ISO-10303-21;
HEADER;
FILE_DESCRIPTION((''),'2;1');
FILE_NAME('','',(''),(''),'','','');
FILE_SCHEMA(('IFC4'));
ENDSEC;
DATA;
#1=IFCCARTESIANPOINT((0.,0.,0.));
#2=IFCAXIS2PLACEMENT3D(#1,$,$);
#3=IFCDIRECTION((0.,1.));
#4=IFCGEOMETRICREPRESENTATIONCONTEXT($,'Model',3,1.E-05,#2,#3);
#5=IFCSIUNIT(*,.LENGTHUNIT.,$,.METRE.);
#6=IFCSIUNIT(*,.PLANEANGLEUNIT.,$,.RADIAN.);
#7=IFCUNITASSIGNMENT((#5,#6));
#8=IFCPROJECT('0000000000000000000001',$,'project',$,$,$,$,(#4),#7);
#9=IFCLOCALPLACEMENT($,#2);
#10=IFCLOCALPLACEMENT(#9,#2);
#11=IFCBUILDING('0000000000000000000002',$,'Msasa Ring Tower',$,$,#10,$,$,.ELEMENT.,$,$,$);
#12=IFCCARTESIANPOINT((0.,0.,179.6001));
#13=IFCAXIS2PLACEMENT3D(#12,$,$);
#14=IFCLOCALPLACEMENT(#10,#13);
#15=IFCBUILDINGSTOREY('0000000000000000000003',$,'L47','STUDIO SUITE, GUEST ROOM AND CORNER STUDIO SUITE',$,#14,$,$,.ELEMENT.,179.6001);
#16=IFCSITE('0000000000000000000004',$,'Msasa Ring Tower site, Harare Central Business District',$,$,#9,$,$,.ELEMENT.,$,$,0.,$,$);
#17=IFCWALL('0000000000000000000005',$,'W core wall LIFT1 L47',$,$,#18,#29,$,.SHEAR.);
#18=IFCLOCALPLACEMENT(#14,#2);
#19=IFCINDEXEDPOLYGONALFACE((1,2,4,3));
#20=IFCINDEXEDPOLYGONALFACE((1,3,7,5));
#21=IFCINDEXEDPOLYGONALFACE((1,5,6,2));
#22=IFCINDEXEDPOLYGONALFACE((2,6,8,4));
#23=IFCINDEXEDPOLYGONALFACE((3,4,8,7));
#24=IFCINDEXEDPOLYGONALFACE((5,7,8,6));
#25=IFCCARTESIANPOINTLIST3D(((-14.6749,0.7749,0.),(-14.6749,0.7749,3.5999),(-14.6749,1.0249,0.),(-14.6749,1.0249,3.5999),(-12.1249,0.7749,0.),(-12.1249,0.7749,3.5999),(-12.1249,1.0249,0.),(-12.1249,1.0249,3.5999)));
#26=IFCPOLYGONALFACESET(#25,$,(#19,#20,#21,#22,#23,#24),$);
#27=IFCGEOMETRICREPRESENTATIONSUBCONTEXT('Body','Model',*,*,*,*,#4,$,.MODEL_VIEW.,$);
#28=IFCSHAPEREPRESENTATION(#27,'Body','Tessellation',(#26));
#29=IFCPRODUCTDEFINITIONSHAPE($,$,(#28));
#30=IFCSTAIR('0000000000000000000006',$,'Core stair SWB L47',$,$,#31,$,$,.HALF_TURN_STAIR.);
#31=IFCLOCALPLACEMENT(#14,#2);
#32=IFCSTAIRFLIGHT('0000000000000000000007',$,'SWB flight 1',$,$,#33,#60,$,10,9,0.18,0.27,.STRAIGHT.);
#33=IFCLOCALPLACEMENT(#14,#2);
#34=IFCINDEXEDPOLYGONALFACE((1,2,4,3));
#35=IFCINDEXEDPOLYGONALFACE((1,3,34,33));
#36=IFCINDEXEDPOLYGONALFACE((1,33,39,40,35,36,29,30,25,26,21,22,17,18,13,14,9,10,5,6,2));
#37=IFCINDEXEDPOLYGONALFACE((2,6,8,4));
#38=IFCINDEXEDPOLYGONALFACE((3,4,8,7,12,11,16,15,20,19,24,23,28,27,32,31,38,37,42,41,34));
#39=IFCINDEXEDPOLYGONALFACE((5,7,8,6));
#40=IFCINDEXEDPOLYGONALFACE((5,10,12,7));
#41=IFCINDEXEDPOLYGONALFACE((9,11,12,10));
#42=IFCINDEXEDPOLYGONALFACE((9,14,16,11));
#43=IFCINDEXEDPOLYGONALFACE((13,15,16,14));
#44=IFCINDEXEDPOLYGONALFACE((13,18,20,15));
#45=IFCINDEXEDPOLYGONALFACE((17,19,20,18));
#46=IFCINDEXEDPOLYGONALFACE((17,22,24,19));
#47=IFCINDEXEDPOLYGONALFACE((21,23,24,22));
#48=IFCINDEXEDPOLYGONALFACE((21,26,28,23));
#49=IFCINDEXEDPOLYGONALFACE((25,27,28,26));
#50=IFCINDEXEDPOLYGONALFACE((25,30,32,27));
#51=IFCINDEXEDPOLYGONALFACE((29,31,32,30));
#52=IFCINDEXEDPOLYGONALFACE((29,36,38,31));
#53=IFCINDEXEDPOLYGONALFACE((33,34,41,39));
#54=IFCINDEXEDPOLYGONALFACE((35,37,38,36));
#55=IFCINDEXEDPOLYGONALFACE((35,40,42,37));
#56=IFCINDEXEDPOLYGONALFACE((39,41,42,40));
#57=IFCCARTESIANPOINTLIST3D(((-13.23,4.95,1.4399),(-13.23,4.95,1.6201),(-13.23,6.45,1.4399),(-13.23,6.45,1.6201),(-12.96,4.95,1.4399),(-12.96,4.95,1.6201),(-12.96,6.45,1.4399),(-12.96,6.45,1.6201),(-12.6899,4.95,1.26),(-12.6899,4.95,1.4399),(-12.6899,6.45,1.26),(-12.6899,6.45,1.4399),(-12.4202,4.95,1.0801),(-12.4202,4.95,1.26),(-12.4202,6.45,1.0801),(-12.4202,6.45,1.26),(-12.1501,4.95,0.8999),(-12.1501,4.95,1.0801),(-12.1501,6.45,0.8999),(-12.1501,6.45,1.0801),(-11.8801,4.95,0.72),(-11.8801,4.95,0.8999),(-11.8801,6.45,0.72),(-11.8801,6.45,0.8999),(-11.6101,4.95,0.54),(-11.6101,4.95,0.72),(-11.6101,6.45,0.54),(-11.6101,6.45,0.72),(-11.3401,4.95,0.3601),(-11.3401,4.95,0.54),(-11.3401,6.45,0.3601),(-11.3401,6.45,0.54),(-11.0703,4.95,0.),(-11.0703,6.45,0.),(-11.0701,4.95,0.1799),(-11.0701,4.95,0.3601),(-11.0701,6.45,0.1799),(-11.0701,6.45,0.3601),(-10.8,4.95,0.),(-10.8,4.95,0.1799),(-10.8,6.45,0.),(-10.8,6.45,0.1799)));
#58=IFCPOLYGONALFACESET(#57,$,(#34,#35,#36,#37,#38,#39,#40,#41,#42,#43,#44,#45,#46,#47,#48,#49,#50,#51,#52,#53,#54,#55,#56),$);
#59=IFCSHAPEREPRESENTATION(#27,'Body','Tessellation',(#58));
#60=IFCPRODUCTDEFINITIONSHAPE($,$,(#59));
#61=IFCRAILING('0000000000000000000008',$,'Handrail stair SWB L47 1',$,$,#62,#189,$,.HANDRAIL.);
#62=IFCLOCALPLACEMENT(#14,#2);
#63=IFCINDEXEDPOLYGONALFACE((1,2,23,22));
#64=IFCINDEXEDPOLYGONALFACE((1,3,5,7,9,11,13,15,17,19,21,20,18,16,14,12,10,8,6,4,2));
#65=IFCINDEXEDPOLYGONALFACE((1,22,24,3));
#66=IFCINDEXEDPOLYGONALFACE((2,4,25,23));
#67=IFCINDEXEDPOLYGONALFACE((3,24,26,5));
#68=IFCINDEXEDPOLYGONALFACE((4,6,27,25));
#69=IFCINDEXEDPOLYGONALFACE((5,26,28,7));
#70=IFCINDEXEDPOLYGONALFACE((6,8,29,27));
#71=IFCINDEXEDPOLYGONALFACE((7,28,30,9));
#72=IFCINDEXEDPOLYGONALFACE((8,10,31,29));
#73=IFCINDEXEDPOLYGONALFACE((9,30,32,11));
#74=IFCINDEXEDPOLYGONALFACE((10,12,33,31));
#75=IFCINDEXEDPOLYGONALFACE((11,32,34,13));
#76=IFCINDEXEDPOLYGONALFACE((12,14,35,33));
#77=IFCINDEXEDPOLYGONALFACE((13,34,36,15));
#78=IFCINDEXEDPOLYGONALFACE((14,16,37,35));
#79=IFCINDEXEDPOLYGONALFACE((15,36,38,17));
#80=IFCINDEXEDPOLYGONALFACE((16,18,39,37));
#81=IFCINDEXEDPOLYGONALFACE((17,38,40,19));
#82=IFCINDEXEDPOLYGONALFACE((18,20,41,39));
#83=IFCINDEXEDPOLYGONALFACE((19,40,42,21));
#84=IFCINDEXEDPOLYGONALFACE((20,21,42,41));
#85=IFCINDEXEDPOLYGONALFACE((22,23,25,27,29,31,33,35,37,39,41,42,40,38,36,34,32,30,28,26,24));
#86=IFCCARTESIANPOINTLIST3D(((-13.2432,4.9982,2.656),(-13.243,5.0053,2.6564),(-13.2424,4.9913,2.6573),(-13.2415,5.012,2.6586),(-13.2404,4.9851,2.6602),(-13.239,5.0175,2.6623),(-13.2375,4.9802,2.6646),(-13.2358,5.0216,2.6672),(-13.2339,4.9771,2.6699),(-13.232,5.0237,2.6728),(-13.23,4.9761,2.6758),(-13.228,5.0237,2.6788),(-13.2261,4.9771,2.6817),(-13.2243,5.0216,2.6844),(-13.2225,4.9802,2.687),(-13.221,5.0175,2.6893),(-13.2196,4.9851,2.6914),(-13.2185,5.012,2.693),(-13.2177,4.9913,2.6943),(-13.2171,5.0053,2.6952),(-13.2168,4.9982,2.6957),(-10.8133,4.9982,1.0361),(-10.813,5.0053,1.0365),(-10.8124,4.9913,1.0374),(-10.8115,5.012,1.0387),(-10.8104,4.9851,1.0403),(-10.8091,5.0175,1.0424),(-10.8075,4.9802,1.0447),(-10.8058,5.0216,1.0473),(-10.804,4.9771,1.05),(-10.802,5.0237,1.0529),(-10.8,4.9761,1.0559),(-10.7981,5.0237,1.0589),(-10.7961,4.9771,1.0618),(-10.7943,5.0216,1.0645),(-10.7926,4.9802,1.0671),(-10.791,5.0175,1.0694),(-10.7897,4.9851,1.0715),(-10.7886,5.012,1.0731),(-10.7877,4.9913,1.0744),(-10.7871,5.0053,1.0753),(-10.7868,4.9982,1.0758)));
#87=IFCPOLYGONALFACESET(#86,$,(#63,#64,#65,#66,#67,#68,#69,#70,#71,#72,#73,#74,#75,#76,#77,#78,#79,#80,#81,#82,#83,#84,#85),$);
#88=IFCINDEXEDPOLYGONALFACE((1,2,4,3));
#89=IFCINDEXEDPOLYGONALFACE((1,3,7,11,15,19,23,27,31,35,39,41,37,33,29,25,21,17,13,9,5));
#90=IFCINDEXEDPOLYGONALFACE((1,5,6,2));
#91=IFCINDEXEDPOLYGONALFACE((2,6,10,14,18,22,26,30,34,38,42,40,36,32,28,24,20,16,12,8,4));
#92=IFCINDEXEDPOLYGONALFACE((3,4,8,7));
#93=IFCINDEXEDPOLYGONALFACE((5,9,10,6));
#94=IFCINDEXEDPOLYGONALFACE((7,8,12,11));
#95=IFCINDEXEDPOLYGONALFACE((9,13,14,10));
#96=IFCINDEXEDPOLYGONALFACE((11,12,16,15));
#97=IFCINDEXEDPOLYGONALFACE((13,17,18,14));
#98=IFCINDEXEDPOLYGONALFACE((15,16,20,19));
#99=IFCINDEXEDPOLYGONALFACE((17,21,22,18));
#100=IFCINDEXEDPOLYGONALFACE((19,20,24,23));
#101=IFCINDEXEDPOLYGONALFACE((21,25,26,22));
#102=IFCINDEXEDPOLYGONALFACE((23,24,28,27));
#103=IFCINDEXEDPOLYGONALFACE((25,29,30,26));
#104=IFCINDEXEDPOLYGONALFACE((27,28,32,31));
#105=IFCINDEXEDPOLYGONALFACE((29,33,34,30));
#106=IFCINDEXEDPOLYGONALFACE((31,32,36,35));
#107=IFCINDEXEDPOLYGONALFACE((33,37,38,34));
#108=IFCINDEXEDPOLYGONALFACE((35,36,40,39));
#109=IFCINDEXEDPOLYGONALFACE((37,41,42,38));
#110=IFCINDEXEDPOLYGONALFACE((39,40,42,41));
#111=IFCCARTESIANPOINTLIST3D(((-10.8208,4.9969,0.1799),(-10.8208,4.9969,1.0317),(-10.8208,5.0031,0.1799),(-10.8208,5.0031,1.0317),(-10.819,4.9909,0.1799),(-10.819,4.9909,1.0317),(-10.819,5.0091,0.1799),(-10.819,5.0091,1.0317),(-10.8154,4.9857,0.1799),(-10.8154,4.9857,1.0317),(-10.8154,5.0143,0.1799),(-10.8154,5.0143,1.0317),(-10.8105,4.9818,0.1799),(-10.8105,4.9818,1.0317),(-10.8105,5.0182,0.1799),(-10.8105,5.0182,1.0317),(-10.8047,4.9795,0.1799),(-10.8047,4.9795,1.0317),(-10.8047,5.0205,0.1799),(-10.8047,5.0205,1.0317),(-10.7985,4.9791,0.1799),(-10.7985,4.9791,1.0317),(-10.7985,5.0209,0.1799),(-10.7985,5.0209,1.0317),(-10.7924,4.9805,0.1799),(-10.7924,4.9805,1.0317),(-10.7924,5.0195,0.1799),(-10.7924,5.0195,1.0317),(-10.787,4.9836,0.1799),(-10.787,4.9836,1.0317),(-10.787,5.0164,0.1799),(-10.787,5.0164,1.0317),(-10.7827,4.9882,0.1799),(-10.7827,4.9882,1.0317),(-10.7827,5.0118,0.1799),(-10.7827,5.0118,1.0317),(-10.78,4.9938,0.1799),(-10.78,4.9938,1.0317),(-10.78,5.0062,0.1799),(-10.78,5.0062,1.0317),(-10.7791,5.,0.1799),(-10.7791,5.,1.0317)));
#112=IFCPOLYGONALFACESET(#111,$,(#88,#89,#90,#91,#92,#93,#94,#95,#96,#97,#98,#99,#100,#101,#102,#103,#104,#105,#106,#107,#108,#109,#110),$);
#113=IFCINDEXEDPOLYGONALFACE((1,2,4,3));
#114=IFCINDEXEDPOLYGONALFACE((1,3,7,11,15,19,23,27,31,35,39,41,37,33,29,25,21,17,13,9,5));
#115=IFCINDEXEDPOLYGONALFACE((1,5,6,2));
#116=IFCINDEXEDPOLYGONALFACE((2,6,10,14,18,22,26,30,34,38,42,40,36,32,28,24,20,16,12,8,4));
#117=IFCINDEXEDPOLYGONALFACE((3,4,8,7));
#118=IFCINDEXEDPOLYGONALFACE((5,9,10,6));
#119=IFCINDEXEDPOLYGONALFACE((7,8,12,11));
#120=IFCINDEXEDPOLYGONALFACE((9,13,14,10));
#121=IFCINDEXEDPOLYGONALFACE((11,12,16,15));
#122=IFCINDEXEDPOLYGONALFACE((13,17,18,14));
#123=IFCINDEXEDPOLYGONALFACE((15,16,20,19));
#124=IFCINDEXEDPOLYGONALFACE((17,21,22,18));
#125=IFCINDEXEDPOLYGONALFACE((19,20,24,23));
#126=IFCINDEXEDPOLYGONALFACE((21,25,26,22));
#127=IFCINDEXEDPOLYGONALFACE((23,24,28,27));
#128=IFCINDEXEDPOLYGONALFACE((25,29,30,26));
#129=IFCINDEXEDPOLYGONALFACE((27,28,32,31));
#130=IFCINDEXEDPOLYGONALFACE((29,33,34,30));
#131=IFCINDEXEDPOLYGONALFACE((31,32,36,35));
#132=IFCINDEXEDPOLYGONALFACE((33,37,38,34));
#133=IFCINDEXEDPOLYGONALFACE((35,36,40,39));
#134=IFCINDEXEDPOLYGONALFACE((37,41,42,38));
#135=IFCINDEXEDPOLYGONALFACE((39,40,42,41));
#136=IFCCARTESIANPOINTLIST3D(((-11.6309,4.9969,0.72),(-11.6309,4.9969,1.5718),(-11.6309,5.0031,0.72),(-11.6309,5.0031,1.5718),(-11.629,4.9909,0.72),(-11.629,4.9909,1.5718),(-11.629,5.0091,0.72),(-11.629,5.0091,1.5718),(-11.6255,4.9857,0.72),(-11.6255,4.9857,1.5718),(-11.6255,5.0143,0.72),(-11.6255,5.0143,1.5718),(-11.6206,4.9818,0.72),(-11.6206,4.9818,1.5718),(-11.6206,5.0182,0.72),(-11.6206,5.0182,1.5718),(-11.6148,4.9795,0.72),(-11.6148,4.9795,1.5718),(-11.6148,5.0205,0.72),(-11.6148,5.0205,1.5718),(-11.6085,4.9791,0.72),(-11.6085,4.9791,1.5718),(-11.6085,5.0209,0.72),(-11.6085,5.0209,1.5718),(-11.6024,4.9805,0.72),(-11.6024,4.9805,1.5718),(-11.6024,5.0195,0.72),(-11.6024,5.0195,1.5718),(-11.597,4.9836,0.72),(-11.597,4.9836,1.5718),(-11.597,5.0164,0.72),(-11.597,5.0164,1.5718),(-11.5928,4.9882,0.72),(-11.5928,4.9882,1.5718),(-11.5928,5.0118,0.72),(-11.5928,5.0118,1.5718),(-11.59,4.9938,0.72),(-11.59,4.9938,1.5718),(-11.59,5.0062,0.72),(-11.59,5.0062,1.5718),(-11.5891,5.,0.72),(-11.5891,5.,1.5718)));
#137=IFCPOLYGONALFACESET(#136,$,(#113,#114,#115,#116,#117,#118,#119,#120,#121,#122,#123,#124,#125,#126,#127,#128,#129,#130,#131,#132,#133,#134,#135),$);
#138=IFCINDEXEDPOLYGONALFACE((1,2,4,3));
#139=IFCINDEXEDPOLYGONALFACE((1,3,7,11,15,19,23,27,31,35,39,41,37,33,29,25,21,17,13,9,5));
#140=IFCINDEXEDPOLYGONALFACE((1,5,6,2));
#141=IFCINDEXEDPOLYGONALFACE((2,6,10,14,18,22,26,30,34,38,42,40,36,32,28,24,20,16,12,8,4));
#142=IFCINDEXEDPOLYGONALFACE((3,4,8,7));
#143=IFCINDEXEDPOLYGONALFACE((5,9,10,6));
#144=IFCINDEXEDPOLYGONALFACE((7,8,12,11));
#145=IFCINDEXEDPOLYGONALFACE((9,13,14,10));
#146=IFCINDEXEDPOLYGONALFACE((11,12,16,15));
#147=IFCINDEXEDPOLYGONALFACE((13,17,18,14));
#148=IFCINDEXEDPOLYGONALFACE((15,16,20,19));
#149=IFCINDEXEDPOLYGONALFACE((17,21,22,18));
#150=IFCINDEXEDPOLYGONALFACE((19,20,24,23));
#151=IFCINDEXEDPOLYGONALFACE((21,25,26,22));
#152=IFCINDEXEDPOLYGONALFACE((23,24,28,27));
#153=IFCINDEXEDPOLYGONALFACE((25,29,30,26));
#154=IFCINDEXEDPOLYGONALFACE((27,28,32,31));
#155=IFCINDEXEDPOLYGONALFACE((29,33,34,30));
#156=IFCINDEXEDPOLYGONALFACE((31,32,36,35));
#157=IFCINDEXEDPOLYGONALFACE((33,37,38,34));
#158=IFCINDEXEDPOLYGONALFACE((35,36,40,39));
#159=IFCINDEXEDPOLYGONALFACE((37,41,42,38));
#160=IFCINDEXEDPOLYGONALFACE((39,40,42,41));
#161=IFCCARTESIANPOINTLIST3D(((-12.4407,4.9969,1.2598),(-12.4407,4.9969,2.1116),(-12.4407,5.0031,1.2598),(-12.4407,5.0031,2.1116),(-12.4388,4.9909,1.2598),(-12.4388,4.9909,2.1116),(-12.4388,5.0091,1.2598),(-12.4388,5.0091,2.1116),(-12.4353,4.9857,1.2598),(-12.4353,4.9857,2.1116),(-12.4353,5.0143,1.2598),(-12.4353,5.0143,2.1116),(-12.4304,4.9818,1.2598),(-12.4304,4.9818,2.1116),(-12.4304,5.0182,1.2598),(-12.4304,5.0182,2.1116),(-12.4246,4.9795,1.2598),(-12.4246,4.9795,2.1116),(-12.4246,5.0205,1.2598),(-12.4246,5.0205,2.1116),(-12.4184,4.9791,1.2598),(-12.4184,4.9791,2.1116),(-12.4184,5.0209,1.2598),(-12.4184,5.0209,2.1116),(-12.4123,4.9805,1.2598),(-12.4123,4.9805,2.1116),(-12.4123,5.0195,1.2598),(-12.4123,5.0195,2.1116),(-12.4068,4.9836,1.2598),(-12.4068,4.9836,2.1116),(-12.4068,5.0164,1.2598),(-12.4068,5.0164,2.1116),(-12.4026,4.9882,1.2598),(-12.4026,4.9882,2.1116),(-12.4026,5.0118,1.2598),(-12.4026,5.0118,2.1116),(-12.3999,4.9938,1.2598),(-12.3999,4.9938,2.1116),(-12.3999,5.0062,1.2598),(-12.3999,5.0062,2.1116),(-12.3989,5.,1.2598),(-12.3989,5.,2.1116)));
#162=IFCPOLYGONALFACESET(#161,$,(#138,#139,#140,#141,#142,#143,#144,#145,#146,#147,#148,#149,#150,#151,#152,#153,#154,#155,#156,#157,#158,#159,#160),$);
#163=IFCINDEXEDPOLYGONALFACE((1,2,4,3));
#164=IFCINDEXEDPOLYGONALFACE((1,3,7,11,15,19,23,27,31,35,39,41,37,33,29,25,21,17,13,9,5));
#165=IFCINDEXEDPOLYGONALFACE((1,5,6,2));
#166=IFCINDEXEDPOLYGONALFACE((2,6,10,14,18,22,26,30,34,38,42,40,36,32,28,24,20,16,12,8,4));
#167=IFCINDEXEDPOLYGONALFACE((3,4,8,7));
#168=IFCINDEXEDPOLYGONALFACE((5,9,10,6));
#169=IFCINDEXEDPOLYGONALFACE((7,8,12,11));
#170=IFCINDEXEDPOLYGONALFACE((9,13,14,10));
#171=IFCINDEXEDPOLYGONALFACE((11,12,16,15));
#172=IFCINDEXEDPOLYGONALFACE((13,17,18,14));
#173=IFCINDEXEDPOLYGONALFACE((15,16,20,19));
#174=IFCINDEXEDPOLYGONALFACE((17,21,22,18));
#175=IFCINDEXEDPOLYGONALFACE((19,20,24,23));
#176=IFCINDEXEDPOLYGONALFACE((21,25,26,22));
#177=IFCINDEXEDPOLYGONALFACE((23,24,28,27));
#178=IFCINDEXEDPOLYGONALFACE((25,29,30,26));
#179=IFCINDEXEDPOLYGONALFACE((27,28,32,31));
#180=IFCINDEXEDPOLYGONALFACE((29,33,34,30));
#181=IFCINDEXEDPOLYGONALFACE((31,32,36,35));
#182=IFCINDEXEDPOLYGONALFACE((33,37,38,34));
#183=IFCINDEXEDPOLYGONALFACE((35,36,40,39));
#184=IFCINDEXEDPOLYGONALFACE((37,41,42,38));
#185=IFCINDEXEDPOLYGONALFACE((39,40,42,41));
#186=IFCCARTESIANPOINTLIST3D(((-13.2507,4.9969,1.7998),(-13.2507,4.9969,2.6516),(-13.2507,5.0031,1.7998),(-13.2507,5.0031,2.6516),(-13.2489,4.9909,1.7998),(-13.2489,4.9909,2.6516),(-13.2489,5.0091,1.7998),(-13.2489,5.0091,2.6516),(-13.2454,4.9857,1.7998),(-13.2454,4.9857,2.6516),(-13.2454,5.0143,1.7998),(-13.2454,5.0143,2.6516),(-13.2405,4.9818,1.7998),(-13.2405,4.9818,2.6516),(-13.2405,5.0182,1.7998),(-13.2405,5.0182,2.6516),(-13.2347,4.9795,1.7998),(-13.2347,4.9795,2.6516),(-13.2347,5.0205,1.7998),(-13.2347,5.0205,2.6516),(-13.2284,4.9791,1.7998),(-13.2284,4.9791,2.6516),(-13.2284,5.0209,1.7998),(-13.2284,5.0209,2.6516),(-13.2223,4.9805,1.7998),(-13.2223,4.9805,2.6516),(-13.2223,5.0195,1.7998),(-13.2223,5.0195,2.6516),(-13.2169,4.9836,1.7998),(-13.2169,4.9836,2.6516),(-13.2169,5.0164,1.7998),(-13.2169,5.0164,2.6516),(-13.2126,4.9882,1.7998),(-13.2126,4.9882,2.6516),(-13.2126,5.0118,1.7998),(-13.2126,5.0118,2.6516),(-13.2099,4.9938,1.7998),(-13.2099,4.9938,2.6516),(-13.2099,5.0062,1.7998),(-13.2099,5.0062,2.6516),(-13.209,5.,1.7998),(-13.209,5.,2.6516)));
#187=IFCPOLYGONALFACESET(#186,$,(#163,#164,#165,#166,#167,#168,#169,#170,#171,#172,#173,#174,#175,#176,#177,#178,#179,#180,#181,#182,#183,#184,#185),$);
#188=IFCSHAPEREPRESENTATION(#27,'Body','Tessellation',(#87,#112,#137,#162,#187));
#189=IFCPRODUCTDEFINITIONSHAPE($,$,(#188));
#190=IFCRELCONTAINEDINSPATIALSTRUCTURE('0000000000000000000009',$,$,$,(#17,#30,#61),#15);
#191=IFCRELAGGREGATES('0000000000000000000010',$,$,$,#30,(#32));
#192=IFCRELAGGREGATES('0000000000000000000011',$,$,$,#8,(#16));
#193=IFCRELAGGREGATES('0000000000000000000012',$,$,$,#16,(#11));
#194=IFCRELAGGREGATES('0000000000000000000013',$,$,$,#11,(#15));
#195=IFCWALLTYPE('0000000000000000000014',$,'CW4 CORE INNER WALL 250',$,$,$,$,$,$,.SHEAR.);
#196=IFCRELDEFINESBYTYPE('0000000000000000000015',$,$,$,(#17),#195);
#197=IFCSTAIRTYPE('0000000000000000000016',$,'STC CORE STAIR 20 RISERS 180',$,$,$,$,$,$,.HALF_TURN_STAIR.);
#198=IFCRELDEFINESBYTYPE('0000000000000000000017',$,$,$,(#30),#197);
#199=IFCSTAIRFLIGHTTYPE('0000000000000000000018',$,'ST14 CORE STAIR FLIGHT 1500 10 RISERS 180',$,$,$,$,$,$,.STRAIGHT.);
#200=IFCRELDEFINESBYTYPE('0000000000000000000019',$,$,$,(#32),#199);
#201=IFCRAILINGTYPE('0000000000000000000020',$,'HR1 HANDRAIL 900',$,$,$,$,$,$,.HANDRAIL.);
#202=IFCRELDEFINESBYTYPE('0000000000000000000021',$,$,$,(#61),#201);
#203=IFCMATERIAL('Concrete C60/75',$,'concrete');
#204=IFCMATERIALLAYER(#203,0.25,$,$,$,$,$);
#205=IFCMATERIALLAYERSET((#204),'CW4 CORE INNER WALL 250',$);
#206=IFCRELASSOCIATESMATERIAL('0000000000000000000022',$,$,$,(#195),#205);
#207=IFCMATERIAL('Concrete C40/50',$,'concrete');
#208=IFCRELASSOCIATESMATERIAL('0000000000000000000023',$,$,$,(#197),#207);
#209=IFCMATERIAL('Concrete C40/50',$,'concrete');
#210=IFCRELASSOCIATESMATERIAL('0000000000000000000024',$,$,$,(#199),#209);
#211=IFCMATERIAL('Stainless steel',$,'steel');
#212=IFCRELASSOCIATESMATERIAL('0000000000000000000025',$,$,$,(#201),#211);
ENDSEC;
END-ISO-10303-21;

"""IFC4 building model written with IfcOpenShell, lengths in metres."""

from ifc_helpers import new_model, si_unit, direction, frame, frame_2d, origin, origin_2d, place, context, subcontext, project, spatial, polyline, rectangle, circle, outline, extrude, material, layer, layer_set, type_object, element, aggregate, save


model = new_model("IFC4")

# Units and contexts
model_context = context("Model", 3, precision=1e-05, world=origin(), true_north=direction((0.0, 1.0)))
body_context = subcontext(model_context, "Body", "Model", "MODEL_VIEW")
ifc_project = project(units=[si_unit("LENGTHUNIT", "METRE"), si_unit("PLANEANGLEUNIT", "RADIAN")], contexts=[model_context])

# Site, building, storey
site_placement = place(None, origin())
site = spatial("IfcSite", under=ifc_project, at=site_placement, Name="Msasa Ring Tower site, Harare Central Business District", CompositionType="ELEMENT", RefElevation=0.0)
building_placement = place(site_placement, origin())
building = spatial("IfcBuilding", under=site, at=building_placement, Name="Msasa Ring Tower", CompositionType="ELEMENT")
storey_placement = place(building_placement, frame((0.0, 0.0, 179.6001)))
storey = spatial("IfcBuildingStorey", under=building, at=storey_placement, Name="L47", Description="STUDIO SUITE, GUEST ROOM AND CORNER STUDIO SUITE", CompositionType="ELEMENT", Elevation=179.6001)

# Wall
ifc_material_1 = material(Name="Concrete C60/75", Category="concrete")
ifc_layer_1 = layer(ifc_material_1, 0.25)
ifc_layer_set_1 = layer_set([ifc_layer_1], Name="CW4 CORE INNER WALL 250")
wall_type_1 = type_object("IfcWallType", Name="CW4 CORE INNER WALL 250", PredefinedType="SHEAR", material=ifc_layer_set_1)
wall_1_placement = place(storey_placement, frame((-12.125, 0.8999, 0.0), z_axis=(0.0, 0.0, 1.0), x_axis=(-1.0, 0.0, 0.0)))
element("IfcWall", 1, at=wall_1_placement, inside=storey, type_object=wall_type_1, Name="W core wall LIFT1 L47", PredefinedType="SHEAR", context=body_context, shape_type="SweptSolid", body=[
    extrude(rectangle(XDim=2.55, YDim=0.25, at=frame_2d((1.2749, 0.0))), origin(), (0.0, 0.0, 1.0), 3.5999),
])

# Stair, stair flight
ifc_material_2 = material(Name="Concrete C40/50", Category="concrete")
stair_type = type_object("IfcStairType", Name="STC CORE STAIR 20 RISERS 180", PredefinedType="HALF_TURN_STAIR", material=ifc_material_2)
stair_placement = place(storey_placement, origin())
stair = element("IfcStair", 2, at=stair_placement, inside=storey, type_object=stair_type, Name="Core stair SWB L47", PredefinedType="HALF_TURN_STAIR")
ifc_material_3 = material(Name="Concrete C40/50", Category="concrete")
stair_flight_type = type_object("IfcStairFlightType", Name="ST14 CORE STAIR FLIGHT 1500 10 RISERS 180", PredefinedType="STRAIGHT", material=ifc_material_3)
stair_flight_placement = place(storey_placement, frame((-10.8, 5.7, 0.0), z_axis=(0.0, 0.0, 1.0), x_axis=(-1.0, 0.0, 0.0)))
stair_flight = element("IfcStairFlight", 3, at=stair_flight_placement, type_object=stair_flight_type, Name="SWB flight 1", NumberOfRisers=10, NumberOfTreads=9, PredefinedType="STRAIGHT", RiserHeight=0.18, TreadLength=0.27, context=body_context, shape_type="SweptSolid", body=[
    extrude(outline(polyline([(0.0, 0.0), (0.0, 0.1799), (0.27, 0.1799), (0.27, 0.3601), (0.54, 0.3601), (0.54, 0.54), (0.8101, 0.54), (0.8101, 0.72), (1.0801, 0.72), (1.0801, 0.8999), (1.3501, 0.8999), (1.3501, 1.0801), (1.6201, 1.0801), (1.6201, 1.26), (1.8899, 1.26), (1.8899, 1.4399), (2.1599, 1.4399), (2.1599, 1.6201), (2.4299, 1.6201), (2.4299, 1.8), (2.4299, 1.4399), (0.2703, 0.0), (0.0, 0.0)])), frame((0.0, 0.75, 0.0), z_axis=(0.0, -1.0, 0.0), x_axis=(1.0, 0.0, 0.0)), (0.0, 0.0, 1.0), 1.5),
])
aggregate(stair, [stair_flight])

# Railing
ifc_material_4 = material(Name="Stainless steel", Category="steel")
railing_type = type_object("IfcRailingType", Name="HR1 HANDRAIL 900", PredefinedType="HANDRAIL", material=ifc_material_4)
for number, where, name in (
    (4, (-10.8, 5.0, 0.1799), "Handrail stair SWB L47 1"),
):
    element("IfcRailing", number, at=place(storey_placement, frame(where)), inside=storey, type_object=railing_type, Name=name, PredefinedType="HANDRAIL", context=body_context, shape_type="SweptSolid", body=[
        extrude(circle(Radius=0.0239, at=origin_2d()), frame((0.0, 0.0, 0.876), z_axis=(-0.832063, 0.0, 0.554681), x_axis=(0.0, -1.0, 0.0)), (0.0, 0.0, 1.0), 2.9204),
        extrude(circle(Radius=0.021, at=origin_2d()), origin(), (0.0, 0.0, 1.0), 0.8518),
        extrude(circle(Radius=0.021, at=origin_2d()), frame((-0.8101, 0.0, 0.54)), (0.0, 0.0, 1.0), 0.8518),
        extrude(circle(Radius=0.021, at=origin_2d()), frame((-1.6199, 0.0, 1.0798)), (0.0, 0.0, 1.0), 0.8518),
        extrude(circle(Radius=0.021, at=origin_2d()), frame((-2.4299, 0.0, 1.6199)), (0.0, 0.0, 1.0), 0.8518),
    ])

save(model, "model.ifc")
